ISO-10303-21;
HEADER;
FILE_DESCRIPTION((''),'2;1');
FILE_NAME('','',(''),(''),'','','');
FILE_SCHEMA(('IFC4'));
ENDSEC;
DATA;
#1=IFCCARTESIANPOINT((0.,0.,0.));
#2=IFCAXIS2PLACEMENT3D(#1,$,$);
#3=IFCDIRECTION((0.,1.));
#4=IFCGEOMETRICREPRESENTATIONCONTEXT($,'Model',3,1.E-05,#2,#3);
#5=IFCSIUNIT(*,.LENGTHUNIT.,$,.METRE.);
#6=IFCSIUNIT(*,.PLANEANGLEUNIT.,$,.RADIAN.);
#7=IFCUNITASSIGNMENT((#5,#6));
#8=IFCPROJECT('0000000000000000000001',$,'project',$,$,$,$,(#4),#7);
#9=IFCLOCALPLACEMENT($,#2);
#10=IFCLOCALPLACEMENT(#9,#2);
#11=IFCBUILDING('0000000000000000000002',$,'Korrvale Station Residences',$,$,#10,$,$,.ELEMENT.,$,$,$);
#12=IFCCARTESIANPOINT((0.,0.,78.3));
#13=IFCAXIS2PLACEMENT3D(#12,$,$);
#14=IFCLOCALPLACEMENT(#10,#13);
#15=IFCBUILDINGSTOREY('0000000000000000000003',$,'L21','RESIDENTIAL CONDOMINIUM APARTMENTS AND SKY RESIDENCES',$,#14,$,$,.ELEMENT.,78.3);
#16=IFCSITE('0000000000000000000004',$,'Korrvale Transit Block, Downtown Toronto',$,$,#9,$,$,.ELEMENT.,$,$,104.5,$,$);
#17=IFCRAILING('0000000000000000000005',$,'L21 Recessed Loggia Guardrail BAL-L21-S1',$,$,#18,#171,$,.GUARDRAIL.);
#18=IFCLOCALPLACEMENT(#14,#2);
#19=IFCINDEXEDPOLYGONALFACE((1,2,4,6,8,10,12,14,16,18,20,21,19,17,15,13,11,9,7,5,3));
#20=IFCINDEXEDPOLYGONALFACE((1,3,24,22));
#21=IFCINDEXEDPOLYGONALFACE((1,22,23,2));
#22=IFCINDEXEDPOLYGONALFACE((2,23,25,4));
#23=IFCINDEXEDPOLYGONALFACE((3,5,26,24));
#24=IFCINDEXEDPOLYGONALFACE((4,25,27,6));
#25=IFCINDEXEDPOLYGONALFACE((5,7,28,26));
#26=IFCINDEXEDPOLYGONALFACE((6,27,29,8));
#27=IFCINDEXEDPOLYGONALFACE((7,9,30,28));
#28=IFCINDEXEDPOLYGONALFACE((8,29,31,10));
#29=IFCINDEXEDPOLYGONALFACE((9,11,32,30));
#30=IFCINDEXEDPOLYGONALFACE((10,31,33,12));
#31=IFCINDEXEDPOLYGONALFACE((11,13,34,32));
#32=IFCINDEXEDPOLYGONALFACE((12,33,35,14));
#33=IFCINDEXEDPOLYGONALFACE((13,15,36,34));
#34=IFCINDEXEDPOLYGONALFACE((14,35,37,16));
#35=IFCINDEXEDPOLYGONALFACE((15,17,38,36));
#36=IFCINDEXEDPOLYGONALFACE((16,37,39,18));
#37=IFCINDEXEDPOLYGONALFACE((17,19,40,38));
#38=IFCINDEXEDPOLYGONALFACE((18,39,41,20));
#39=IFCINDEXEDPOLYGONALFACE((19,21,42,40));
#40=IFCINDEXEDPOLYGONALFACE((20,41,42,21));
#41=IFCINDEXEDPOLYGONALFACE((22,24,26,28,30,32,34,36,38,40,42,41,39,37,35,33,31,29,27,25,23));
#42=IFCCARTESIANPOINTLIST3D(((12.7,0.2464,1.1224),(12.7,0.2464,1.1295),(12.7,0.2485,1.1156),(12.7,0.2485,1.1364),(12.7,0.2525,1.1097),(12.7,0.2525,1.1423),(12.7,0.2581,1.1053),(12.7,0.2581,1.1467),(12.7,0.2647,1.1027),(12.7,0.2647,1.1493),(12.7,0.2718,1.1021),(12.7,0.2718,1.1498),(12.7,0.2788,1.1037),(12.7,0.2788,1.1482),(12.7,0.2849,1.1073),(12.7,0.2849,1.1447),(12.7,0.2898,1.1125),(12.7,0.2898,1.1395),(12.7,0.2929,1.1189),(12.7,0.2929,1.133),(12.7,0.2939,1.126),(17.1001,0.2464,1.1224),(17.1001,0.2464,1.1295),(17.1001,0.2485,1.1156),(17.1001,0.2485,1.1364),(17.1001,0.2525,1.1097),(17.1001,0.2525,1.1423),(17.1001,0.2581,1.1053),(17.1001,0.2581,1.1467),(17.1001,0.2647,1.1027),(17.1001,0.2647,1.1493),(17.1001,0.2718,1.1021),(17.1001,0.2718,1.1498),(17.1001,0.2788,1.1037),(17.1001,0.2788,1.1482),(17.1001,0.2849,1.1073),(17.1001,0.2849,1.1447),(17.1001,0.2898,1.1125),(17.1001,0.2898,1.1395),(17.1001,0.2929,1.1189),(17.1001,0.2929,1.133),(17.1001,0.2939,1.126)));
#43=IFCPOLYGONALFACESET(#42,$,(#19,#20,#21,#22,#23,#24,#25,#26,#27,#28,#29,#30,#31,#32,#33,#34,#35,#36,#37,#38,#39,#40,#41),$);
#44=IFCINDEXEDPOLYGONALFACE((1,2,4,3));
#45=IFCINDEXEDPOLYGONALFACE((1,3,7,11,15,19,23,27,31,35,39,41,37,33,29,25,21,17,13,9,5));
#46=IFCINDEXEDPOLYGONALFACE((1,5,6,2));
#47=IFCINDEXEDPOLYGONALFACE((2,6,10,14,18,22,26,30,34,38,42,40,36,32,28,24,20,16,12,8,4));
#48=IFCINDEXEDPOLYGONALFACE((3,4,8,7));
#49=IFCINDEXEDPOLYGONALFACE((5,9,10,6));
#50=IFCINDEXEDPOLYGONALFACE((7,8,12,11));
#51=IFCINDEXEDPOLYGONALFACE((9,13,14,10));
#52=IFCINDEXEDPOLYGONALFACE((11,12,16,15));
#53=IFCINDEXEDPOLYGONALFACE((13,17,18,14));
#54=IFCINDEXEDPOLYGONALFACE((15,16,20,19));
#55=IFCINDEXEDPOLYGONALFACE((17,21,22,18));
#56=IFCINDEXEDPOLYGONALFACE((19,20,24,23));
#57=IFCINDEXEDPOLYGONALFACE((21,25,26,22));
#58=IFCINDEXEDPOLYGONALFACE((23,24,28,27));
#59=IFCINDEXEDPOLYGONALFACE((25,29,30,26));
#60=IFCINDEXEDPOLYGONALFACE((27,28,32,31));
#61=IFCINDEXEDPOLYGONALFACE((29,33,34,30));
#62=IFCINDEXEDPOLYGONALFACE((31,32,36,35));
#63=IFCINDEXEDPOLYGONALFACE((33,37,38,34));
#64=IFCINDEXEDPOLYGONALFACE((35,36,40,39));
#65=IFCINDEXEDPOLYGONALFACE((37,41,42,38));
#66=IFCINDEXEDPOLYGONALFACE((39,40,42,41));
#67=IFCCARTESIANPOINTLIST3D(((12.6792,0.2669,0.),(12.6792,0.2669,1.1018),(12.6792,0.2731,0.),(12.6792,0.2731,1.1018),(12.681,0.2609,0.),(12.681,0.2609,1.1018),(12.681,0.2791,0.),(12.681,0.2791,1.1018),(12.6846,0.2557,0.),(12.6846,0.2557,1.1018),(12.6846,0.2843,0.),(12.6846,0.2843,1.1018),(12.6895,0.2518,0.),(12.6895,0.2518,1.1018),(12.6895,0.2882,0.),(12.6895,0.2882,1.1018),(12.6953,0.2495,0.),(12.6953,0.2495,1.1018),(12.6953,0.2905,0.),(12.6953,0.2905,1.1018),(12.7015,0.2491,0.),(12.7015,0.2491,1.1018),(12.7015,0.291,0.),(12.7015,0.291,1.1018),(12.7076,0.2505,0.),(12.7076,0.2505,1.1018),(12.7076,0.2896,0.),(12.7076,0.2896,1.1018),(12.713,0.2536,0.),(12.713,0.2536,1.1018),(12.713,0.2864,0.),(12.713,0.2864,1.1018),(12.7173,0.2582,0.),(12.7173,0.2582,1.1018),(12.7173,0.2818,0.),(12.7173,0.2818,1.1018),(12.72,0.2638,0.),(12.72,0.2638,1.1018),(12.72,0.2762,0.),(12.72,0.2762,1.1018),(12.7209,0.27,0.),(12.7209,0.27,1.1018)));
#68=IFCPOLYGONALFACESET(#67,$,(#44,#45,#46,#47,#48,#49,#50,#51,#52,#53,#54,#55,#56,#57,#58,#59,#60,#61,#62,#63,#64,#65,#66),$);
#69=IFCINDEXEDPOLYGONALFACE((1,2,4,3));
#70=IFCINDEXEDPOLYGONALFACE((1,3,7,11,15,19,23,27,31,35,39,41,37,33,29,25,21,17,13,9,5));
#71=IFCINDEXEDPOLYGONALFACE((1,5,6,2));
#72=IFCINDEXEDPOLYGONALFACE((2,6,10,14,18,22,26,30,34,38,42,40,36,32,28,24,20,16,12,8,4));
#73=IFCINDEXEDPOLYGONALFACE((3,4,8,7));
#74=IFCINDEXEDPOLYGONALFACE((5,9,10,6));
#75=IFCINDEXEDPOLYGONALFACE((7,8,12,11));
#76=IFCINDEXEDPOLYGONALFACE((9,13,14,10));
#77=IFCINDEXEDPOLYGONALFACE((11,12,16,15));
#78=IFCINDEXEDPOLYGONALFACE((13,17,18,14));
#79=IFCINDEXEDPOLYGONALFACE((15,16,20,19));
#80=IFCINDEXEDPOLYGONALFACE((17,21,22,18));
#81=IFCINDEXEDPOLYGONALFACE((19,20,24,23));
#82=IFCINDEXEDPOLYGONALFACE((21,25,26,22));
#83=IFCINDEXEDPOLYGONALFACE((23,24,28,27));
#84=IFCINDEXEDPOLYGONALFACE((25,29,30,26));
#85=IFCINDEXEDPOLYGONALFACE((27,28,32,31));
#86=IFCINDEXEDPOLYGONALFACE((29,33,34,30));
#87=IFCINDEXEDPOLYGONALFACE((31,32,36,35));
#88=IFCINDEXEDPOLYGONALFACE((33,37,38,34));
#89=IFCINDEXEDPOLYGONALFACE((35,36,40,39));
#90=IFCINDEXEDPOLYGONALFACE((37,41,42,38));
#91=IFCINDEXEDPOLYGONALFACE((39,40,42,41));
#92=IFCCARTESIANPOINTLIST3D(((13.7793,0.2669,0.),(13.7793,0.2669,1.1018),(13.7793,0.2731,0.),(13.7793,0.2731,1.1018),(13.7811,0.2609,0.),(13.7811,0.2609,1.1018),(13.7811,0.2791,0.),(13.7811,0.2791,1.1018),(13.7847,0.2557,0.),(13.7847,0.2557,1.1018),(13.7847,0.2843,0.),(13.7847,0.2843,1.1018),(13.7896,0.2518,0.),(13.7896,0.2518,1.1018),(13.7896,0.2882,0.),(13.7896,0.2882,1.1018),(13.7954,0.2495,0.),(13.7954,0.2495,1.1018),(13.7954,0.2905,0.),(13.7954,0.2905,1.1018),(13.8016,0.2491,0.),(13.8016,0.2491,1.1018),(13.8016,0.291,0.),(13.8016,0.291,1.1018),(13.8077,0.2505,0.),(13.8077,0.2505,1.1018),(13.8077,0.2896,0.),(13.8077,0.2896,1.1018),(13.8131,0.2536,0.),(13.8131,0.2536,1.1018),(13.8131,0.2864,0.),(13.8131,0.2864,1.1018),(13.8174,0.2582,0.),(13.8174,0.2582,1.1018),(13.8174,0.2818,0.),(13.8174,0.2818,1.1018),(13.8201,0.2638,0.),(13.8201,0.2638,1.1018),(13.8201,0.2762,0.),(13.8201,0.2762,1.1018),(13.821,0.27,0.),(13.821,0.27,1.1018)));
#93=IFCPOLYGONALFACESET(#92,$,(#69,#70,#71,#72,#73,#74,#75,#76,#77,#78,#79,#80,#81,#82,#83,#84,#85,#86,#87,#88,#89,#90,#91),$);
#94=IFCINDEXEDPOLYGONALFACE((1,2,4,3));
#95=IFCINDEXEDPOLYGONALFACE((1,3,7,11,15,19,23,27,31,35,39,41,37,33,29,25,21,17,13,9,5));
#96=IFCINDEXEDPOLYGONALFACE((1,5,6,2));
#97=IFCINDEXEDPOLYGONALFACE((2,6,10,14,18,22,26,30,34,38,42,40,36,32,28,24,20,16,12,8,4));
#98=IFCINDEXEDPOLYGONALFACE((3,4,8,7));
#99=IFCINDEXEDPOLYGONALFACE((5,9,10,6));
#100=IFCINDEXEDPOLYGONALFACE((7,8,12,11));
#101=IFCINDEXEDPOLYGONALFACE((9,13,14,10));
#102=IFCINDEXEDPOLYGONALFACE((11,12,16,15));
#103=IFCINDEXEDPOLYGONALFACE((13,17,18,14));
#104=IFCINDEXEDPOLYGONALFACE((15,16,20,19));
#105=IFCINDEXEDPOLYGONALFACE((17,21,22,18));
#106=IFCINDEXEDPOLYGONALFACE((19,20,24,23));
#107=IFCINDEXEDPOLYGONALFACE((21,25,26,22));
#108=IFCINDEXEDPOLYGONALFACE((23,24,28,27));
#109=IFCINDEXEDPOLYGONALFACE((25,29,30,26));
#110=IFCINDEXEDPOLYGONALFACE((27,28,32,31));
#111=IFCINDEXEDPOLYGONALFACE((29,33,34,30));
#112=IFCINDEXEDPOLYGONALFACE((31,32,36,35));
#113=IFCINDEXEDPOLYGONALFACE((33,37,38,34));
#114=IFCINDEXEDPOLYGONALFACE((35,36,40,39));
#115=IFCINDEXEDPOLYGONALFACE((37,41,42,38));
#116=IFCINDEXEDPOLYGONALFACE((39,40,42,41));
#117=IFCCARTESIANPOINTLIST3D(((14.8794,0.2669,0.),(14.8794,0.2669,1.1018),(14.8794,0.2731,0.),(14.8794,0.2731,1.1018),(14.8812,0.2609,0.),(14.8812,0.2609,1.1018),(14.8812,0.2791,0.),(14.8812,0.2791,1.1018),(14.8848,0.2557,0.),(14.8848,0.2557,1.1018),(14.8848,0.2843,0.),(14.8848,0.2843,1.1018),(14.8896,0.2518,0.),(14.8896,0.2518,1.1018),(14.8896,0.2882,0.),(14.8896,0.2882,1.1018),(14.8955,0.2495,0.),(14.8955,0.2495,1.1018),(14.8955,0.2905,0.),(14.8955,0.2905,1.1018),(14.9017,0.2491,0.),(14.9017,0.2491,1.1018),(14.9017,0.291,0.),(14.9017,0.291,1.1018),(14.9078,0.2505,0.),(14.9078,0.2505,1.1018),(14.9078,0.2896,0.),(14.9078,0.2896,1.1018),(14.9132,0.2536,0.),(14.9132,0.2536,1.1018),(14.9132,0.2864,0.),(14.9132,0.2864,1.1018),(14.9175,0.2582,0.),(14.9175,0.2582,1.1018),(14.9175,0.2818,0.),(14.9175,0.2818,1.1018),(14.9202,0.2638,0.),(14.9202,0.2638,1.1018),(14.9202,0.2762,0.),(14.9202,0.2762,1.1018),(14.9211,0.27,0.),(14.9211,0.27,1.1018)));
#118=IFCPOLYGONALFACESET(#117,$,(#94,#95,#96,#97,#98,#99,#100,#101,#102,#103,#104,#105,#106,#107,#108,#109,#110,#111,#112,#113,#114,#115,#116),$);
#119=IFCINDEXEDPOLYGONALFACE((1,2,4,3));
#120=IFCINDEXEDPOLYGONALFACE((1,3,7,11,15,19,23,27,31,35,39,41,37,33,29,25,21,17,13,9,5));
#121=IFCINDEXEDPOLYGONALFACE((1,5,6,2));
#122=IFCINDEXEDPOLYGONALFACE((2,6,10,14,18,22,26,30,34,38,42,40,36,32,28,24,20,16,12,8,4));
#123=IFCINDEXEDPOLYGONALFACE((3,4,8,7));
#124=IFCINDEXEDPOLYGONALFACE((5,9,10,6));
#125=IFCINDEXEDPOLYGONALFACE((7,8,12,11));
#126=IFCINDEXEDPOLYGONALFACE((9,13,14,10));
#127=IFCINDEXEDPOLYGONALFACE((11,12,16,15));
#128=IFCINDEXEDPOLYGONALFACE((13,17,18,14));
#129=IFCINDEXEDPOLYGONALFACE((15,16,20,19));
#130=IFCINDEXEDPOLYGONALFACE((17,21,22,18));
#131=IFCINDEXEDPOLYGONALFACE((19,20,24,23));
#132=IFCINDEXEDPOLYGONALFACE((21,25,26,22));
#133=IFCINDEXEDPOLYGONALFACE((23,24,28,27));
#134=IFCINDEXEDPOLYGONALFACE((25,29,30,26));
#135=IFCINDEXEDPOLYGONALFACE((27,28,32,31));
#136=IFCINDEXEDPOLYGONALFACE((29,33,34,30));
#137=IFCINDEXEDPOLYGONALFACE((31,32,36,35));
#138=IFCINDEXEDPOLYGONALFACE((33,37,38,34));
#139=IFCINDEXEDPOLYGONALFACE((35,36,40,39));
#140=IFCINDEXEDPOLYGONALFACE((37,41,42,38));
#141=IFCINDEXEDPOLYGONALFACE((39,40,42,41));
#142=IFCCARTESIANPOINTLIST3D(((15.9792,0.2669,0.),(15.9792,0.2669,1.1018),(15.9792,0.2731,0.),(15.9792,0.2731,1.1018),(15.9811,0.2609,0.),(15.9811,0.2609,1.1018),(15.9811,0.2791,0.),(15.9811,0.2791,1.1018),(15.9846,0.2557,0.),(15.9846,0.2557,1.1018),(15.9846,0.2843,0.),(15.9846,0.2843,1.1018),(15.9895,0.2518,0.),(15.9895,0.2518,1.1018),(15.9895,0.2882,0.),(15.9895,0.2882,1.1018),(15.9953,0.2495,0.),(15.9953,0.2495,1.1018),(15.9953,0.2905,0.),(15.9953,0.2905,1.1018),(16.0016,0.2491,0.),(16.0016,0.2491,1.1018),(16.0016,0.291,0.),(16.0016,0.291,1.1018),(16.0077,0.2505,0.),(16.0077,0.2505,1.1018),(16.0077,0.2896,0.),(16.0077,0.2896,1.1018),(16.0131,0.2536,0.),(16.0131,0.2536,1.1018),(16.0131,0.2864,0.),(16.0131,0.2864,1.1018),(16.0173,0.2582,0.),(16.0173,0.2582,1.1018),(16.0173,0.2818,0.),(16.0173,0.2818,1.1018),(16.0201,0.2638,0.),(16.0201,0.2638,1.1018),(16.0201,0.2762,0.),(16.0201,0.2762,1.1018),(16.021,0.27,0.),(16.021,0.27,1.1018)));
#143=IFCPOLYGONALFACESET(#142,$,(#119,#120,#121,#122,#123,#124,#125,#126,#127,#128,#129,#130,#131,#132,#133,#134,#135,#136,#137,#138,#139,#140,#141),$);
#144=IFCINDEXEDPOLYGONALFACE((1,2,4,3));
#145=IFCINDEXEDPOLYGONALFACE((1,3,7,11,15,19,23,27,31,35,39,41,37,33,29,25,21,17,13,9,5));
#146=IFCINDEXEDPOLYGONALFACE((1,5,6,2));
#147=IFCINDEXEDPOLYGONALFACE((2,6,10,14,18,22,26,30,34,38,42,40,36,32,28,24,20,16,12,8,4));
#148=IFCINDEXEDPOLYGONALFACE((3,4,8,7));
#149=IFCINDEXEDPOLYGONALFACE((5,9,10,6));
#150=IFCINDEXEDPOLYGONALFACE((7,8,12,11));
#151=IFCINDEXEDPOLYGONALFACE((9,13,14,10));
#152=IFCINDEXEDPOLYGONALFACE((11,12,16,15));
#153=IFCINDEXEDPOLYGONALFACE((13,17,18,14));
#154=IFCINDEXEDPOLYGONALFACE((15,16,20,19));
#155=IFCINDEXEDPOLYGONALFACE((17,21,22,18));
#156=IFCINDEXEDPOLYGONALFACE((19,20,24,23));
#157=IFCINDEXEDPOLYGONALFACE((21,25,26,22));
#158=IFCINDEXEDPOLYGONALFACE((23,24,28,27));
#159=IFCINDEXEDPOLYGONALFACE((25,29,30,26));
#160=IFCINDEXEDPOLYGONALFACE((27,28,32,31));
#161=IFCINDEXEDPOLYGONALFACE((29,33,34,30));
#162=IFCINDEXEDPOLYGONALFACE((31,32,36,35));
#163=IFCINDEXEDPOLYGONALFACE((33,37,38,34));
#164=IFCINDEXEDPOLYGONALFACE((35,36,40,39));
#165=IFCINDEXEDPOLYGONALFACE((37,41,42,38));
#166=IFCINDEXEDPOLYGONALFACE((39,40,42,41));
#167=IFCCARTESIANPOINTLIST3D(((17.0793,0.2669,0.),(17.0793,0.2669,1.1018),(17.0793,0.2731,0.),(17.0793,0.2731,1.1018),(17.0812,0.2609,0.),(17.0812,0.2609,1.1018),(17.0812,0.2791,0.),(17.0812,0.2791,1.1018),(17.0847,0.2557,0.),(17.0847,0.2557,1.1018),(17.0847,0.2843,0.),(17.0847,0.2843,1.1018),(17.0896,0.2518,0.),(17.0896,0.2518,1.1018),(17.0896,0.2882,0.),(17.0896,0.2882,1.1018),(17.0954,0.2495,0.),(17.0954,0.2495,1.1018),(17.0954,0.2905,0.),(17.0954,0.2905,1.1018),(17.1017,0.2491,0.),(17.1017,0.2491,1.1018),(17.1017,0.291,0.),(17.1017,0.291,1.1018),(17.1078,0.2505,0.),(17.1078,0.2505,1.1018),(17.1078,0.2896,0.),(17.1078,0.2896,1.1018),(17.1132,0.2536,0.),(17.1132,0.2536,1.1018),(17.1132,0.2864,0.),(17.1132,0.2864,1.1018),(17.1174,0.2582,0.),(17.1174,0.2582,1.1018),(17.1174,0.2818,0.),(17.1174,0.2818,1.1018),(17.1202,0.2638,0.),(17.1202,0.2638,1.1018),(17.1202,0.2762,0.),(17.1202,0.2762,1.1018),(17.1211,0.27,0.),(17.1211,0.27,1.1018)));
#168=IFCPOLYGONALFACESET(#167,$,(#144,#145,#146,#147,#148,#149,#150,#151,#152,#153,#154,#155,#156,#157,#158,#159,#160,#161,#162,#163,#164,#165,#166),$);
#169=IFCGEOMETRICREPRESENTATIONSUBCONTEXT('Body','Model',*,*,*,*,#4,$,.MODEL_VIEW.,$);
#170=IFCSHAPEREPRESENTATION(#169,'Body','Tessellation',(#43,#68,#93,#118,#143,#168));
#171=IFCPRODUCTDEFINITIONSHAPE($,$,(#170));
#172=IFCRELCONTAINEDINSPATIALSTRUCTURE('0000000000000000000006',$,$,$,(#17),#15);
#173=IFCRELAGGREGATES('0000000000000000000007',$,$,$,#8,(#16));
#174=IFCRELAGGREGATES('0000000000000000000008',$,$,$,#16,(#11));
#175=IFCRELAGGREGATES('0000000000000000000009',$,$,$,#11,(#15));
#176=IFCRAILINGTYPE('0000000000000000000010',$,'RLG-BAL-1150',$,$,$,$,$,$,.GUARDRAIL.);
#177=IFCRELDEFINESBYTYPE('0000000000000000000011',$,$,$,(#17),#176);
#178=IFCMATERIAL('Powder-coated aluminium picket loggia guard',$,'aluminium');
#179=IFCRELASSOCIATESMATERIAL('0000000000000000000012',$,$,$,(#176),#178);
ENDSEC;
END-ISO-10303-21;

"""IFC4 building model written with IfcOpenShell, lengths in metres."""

from ifc_helpers import new_model, si_unit, direction, frame, origin, origin_2d, place, context, subcontext, project, spatial, circle, extrude, material, type_object, element, save


model = new_model("IFC4")

# Units and contexts
model_context = context("Model", 3, precision=1e-05, world=origin(), true_north=direction((0.0, 1.0)))
body_context = subcontext(model_context, "Body", "Model", "MODEL_VIEW")
ifc_project = project(units=[si_unit("LENGTHUNIT", "METRE"), si_unit("PLANEANGLEUNIT", "RADIAN")], contexts=[model_context])

# Site, building, storey
site_placement = place(None, origin())
site = spatial("IfcSite", under=ifc_project, at=site_placement, Name="Korrvale Transit Block, Downtown Toronto", CompositionType="ELEMENT", RefElevation=104.5)
building_placement = place(site_placement, origin())
building = spatial("IfcBuilding", under=site, at=building_placement, Name="Korrvale Station Residences", CompositionType="ELEMENT")
storey_placement = place(building_placement, frame((0.0, 0.0, 78.3)))
storey = spatial("IfcBuildingStorey", under=building, at=storey_placement, Name="L21", Description="RESIDENTIAL CONDOMINIUM APARTMENTS AND SKY RESIDENCES", CompositionType="ELEMENT", Elevation=78.3)

# Railing
ifc_material_1 = material(Name="Powder-coated aluminium picket loggia guard", Category="aluminium")
railing_type = type_object("IfcRailingType", Name="RLG-BAL-1150", PredefinedType="GUARDRAIL", material=ifc_material_1)
railing_placement = place(storey_placement, frame((12.7, 0.27, 0.0)))
element("IfcRailing", 1, at=railing_placement, inside=storey, type_object=railing_type, Name="L21 Recessed Loggia Guardrail BAL-L21-S1", PredefinedType="GUARDRAIL", context=body_context, shape_type="SweptSolid", body=[
    extrude(circle(Radius=0.0239, at=origin_2d()), frame((0.0, 0.0, 1.126), z_axis=(1.0, 0.0, 0.0), x_axis=(0.0, 1.0, 0.0)), (0.0, 0.0, 1.0), 4.4001),
    extrude(circle(Radius=0.021, at=origin_2d()), origin(), (0.0, 0.0, 1.0), 1.1018),
    extrude(circle(Radius=0.021, at=origin_2d()), frame((1.1001, 0.0, 0.0)), (0.0, 0.0, 1.0), 1.1018),
    extrude(circle(Radius=0.021, at=origin_2d()), frame((2.2002, 0.0, 0.0)), (0.0, 0.0, 1.0), 1.1018),
    extrude(circle(Radius=0.021, at=origin_2d()), frame((3.3, 0.0, 0.0)), (0.0, 0.0, 1.0), 1.1018),
    extrude(circle(Radius=0.021, at=origin_2d()), frame((4.4001, 0.0, 0.0)), (0.0, 0.0, 1.0), 1.1018),
])

save(model, "model.ifc")
